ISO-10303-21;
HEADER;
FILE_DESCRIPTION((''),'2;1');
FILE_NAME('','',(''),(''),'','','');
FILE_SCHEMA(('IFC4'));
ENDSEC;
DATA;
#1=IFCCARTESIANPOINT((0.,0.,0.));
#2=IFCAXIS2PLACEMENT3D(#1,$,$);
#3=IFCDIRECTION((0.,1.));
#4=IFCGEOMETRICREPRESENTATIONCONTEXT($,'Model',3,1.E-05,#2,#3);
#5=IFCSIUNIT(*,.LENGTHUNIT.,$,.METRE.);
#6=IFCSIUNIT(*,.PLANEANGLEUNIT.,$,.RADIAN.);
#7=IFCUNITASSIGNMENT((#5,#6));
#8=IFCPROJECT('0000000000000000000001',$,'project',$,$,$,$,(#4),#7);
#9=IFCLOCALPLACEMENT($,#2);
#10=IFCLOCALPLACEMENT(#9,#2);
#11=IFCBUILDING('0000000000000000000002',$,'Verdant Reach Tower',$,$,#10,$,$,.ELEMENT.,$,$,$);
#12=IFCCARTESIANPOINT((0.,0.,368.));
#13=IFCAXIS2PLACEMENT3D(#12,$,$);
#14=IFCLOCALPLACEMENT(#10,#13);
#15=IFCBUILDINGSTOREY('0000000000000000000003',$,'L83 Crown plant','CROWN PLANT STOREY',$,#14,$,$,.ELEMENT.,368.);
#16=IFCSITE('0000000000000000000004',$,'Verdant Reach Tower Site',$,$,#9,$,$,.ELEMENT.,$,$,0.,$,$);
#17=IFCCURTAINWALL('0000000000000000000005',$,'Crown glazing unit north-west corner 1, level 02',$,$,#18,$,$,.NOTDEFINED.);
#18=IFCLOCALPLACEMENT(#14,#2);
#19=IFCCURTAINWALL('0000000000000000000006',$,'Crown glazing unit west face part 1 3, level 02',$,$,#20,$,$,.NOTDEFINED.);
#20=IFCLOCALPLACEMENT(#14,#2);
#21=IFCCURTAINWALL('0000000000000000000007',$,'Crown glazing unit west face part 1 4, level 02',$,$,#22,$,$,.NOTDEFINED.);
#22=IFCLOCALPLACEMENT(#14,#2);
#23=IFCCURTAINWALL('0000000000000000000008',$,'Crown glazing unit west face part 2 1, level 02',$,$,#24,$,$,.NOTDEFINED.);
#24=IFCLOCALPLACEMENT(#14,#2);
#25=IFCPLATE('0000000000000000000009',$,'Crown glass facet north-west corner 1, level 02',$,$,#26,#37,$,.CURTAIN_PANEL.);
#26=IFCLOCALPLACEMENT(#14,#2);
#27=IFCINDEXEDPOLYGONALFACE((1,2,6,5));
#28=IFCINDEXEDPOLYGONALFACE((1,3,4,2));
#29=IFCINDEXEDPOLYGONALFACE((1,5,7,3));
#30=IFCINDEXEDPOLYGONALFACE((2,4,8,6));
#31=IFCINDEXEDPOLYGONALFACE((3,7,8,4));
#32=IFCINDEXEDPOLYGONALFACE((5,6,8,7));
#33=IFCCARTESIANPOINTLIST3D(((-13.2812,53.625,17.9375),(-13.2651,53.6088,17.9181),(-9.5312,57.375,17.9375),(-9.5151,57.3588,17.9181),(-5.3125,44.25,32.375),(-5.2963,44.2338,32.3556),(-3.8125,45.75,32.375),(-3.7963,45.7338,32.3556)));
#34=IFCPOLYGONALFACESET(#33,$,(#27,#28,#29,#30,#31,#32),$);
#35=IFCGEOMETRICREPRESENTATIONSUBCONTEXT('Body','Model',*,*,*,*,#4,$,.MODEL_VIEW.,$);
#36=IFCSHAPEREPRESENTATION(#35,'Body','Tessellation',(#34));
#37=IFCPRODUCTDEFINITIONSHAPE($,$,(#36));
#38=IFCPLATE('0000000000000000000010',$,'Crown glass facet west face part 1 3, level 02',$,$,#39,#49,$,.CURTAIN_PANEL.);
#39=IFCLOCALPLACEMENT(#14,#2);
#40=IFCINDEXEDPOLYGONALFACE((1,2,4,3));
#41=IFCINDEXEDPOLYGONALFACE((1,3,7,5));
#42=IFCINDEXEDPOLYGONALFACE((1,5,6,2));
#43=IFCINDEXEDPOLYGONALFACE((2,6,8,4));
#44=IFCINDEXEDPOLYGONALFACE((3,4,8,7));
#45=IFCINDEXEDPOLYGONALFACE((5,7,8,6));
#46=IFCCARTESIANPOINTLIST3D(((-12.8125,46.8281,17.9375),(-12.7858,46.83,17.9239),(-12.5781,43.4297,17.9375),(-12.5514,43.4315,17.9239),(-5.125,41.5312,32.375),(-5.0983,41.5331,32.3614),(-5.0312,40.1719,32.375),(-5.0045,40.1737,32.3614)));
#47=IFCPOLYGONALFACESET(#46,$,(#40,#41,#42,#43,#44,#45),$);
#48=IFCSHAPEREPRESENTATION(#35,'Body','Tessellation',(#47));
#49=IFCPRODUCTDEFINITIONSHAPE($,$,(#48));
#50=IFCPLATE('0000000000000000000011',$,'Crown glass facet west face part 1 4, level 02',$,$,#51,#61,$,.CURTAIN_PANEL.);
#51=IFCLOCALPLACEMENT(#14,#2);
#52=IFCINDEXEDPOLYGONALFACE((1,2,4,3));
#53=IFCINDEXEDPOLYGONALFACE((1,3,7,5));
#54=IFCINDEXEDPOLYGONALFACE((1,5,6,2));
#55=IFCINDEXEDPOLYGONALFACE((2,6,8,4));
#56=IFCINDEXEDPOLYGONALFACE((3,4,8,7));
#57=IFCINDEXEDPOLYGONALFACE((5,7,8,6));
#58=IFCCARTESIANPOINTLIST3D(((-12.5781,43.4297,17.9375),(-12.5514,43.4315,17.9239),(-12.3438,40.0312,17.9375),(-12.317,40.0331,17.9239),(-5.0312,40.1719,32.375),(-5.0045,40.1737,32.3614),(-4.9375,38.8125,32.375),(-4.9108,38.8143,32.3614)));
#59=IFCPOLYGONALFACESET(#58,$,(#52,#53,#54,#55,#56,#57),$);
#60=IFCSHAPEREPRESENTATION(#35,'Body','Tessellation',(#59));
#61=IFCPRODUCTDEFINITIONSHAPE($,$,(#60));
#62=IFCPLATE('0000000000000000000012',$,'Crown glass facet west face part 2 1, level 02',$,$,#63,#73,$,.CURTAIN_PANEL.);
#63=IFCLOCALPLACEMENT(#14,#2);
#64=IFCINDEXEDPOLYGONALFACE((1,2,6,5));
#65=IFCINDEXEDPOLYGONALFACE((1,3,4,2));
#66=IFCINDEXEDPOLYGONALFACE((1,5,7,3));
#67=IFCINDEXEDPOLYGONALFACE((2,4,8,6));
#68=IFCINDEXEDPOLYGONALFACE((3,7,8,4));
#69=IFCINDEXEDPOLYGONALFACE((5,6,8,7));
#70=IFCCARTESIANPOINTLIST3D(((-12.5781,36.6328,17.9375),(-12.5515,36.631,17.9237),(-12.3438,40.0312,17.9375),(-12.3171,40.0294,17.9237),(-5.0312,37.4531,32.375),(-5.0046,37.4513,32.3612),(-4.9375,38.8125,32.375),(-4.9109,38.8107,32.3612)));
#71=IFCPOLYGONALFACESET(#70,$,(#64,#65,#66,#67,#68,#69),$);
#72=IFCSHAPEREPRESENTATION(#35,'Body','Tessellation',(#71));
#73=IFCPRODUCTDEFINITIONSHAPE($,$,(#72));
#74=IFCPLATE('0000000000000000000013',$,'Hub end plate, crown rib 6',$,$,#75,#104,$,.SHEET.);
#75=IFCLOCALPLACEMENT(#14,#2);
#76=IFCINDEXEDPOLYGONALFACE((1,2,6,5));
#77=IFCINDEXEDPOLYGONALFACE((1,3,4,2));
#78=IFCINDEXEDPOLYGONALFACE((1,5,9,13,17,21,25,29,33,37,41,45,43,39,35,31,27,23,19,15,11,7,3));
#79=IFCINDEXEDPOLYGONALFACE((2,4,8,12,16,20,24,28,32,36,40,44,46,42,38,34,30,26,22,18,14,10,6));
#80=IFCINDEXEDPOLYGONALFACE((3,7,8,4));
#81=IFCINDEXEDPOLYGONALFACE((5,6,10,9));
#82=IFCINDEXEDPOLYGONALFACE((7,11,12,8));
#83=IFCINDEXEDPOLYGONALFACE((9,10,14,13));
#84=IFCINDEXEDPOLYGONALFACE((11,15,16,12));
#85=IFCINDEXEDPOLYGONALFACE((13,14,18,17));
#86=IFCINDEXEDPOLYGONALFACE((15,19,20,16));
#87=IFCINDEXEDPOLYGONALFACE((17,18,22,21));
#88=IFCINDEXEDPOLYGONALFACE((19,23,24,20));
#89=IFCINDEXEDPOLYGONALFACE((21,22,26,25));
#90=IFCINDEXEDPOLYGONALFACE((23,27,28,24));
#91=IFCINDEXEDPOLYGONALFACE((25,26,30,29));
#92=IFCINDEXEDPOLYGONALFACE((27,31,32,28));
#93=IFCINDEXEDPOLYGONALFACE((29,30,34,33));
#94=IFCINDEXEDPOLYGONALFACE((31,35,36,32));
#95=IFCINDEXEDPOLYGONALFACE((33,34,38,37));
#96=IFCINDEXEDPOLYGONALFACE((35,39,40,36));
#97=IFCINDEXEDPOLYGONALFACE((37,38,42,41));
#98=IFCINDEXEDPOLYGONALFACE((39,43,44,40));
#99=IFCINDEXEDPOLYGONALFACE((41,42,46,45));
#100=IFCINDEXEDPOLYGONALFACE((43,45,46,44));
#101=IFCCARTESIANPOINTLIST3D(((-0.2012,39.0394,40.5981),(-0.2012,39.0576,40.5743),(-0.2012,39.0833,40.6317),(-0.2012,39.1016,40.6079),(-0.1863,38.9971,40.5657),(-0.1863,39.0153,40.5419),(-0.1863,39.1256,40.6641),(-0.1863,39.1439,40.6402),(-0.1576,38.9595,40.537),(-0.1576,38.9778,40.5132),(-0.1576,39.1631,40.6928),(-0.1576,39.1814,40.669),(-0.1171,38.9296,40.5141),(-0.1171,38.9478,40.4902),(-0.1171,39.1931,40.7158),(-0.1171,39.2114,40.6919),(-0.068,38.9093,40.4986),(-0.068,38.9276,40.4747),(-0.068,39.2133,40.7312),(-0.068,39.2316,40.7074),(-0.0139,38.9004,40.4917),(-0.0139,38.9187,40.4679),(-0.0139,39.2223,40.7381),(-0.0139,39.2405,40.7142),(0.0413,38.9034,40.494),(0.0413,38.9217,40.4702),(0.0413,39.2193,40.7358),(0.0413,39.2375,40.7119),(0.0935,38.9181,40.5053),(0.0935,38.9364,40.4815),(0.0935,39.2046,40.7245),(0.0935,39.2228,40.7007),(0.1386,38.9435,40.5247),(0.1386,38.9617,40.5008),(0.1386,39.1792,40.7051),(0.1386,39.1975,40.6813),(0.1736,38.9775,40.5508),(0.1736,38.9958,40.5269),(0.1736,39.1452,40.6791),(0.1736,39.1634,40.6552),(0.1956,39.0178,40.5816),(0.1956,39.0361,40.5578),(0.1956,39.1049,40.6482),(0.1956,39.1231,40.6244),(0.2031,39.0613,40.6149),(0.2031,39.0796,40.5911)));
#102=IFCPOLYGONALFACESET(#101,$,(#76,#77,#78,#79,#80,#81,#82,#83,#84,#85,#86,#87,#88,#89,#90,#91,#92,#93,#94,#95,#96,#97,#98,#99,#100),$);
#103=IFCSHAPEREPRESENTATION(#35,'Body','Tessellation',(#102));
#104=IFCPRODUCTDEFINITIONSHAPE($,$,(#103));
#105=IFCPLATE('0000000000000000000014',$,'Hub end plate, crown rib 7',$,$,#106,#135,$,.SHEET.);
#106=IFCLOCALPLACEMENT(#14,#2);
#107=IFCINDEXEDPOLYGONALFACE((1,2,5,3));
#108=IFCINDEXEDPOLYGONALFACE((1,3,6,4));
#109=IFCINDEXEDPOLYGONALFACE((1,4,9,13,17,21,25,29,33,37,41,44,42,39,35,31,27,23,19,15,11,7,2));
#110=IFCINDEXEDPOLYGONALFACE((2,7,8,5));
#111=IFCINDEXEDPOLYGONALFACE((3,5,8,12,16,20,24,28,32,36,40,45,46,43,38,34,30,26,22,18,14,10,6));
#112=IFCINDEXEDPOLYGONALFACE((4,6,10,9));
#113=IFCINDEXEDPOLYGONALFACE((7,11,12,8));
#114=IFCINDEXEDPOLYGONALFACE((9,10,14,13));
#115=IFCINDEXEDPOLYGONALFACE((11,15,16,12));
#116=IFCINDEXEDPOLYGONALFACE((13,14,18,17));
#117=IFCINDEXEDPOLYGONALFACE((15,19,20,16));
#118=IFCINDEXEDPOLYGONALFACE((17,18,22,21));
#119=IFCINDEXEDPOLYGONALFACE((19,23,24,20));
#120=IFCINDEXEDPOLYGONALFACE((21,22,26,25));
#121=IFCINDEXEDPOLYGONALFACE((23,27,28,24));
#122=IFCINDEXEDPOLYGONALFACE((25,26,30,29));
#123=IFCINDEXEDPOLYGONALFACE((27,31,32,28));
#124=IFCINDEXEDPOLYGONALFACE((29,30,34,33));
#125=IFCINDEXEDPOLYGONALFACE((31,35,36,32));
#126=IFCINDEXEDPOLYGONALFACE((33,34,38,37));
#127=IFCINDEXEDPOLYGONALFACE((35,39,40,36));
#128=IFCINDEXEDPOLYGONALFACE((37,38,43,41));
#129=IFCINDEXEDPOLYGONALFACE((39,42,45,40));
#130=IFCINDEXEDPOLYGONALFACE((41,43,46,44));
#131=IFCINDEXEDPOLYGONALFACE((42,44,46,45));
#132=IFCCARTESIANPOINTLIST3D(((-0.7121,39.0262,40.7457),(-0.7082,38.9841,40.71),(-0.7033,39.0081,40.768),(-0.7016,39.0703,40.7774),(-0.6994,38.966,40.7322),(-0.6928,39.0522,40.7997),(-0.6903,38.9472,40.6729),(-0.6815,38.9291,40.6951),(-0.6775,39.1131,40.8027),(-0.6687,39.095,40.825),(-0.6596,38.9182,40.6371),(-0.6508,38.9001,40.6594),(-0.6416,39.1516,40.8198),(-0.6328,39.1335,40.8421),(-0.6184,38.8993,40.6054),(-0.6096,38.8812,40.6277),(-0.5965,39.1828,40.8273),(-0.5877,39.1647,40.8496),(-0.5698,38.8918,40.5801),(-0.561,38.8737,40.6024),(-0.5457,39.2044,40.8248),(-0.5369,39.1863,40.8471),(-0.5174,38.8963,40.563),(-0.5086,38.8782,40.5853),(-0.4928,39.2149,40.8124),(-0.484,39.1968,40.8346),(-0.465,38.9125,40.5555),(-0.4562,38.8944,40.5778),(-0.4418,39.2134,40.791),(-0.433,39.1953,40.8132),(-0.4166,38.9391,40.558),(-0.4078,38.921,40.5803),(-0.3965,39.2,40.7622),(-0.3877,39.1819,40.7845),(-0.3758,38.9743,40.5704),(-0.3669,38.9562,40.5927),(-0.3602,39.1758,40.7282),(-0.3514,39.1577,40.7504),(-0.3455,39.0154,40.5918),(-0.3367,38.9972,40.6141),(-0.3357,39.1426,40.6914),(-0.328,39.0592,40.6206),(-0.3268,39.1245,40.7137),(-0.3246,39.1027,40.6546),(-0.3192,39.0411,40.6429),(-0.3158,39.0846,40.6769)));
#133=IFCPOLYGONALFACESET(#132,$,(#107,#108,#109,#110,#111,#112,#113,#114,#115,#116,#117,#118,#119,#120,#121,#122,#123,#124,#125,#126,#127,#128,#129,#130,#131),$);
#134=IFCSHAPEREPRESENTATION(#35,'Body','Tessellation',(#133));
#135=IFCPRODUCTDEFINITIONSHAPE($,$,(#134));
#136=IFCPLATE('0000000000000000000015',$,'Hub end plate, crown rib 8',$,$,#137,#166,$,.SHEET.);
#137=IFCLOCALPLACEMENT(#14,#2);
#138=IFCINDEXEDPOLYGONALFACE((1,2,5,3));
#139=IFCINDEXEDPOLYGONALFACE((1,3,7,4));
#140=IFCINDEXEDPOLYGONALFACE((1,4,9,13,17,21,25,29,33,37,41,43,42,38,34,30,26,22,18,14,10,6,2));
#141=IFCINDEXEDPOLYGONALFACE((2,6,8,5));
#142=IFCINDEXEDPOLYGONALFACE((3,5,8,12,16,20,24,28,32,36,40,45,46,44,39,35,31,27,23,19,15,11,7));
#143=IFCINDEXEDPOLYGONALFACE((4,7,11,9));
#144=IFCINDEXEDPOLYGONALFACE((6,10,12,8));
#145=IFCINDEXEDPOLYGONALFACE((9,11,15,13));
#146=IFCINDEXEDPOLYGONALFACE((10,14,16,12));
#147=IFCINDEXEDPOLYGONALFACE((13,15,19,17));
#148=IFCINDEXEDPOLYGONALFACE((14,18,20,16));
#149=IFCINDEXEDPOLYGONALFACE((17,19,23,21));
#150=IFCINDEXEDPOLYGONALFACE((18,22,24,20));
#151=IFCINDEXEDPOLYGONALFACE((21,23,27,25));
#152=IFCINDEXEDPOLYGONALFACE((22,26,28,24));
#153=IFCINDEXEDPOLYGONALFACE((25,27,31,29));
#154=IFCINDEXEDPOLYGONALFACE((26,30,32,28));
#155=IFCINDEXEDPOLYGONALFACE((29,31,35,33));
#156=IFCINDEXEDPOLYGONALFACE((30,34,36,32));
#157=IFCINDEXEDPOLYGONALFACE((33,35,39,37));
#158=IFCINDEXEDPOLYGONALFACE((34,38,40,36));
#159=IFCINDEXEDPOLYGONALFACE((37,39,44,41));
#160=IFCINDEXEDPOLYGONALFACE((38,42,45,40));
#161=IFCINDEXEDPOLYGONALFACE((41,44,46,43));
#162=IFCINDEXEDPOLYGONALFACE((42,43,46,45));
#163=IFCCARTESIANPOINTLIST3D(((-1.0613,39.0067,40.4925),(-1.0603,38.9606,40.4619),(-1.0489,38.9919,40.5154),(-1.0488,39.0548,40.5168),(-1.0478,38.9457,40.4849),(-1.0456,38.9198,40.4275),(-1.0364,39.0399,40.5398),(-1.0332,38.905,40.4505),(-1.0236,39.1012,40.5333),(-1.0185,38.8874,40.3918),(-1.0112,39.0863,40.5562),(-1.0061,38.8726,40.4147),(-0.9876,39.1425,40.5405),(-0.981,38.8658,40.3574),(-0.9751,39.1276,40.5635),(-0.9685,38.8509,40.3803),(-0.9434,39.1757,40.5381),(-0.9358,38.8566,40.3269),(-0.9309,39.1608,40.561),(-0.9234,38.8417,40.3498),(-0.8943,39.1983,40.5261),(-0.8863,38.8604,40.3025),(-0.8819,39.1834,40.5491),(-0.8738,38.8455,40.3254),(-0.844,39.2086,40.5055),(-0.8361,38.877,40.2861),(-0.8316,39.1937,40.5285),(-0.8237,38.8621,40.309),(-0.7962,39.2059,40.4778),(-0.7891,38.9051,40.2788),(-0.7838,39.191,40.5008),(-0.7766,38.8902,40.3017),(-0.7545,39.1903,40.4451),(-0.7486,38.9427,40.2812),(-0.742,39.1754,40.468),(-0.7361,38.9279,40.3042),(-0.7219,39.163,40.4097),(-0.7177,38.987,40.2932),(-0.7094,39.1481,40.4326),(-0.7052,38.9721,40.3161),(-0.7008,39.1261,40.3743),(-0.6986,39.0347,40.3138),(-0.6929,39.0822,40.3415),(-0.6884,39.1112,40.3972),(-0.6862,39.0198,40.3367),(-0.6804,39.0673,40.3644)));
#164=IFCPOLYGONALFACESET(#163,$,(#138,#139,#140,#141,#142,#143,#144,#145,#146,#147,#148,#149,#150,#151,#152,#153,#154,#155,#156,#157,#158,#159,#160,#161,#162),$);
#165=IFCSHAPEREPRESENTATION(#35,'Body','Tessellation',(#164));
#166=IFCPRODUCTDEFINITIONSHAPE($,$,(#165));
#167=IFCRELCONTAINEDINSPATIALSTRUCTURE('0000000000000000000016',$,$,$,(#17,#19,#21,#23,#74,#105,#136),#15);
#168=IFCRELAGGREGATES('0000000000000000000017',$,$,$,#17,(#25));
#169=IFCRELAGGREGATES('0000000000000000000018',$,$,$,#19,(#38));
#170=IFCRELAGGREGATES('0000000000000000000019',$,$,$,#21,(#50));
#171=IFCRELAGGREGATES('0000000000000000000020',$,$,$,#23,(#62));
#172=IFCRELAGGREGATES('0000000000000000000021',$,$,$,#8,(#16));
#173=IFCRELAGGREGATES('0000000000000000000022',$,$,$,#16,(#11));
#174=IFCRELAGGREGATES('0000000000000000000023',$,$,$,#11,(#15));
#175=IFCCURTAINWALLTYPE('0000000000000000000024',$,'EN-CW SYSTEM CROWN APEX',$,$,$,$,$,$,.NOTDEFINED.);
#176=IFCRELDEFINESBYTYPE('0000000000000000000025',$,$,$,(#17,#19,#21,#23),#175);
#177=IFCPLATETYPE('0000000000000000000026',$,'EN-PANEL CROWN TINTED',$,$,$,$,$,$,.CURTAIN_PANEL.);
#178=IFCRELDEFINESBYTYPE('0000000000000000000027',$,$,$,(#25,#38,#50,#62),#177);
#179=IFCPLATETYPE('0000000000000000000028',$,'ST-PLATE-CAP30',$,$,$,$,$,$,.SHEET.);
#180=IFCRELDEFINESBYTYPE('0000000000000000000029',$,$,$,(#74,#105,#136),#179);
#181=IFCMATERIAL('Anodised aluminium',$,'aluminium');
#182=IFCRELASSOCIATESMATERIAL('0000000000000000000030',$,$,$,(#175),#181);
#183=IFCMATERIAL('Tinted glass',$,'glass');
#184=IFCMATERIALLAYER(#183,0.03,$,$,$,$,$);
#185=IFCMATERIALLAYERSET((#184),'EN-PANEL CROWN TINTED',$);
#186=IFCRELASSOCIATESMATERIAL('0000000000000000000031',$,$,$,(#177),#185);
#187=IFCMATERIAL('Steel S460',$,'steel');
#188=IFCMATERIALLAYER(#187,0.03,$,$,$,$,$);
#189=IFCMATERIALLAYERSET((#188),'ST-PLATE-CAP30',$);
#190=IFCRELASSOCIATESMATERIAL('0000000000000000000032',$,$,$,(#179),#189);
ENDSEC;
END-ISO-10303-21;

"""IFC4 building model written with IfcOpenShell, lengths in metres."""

from ifc_helpers import new_model, si_unit, direction, frame, origin, origin_2d, place, context, subcontext, project, spatial, polyline, circle, outline, extrude, material, layer, layer_set, type_object, element, aggregate, save


model = new_model("IFC4")

# Units and contexts
model_context = context("Model", 3, precision=1e-05, world=origin(), true_north=direction((0.0, 1.0)))
body_context = subcontext(model_context, "Body", "Model", "MODEL_VIEW")
ifc_project = project(units=[si_unit("LENGTHUNIT", "METRE"), si_unit("PLANEANGLEUNIT", "RADIAN")], contexts=[model_context])

# Site, building, storey
site_placement = place(None, origin())
site = spatial("IfcSite", under=ifc_project, at=site_placement, Name="Verdant Reach Tower Site", CompositionType="ELEMENT", RefElevation=0.0)
building_placement = place(site_placement, origin())
building = spatial("IfcBuilding", under=site, at=building_placement, Name="Verdant Reach Tower", CompositionType="ELEMENT")
storey_placement = place(building_placement, frame((0.0, 0.0, 368.0)))
storey = spatial("IfcBuildingStorey", under=building, at=storey_placement, Name="L83 Crown plant", Description="CROWN PLANT STOREY", CompositionType="ELEMENT", Elevation=368.0)

# Curtain walls
ifc_material_1 = material(Name="Anodised aluminium", Category="aluminium")
curtain_wall_type = type_object("IfcCurtainWallType", Name="EN-CW SYSTEM CROWN APEX", PredefinedType="NOTDEFINED", material=ifc_material_1)
curtain_wall_1_placement = place(storey_placement, origin())
curtain_wall_1 = element("IfcCurtainWall", 1, at=curtain_wall_1_placement, inside=storey, type_object=curtain_wall_type, Name="Crown glazing unit north-west corner 1, level 02", PredefinedType="NOTDEFINED")
curtain_wall_2_placement = place(storey_placement, origin())
curtain_wall_2 = element("IfcCurtainWall", 2, at=curtain_wall_2_placement, inside=storey, type_object=curtain_wall_type, Name="Crown glazing unit west face part 1 3, level 02", PredefinedType="NOTDEFINED")
curtain_wall_3_placement = place(storey_placement, origin())
curtain_wall_3 = element("IfcCurtainWall", 3, at=curtain_wall_3_placement, inside=storey, type_object=curtain_wall_type, Name="Crown glazing unit west face part 1 4, level 02", PredefinedType="NOTDEFINED")
curtain_wall_4_placement = place(storey_placement, origin())
curtain_wall_4 = element("IfcCurtainWall", 4, at=curtain_wall_4_placement, inside=storey, type_object=curtain_wall_type, Name="Crown glazing unit west face part 2 1, level 02", PredefinedType="NOTDEFINED")

# Plates
ifc_material_2 = material(Name="Tinted glass", Category="glass")
ifc_layer_1 = layer(ifc_material_2, 0.03)
ifc_layer_set_1 = layer_set([ifc_layer_1], Name="EN-PANEL CROWN TINTED")
plate_type_1 = type_object("IfcPlateType", Name="EN-PANEL CROWN TINTED", PredefinedType="CURTAIN_PANEL", material=ifc_layer_set_1)
plate_1_placement = place(storey_placement, frame((-9.5312, 57.375, 17.9375), z_axis=(-0.53892, 0.53892, 0.647403), x_axis=(-0.707107, -0.707107, 0.0)))
plate_1 = element("IfcPlate", 5, at=plate_1_placement, type_object=plate_type_1, Name="Crown glass facet north-west corner 1, level 02", PredefinedType="CURTAIN_PANEL", context=body_context, shape_type="SweptSolid", body=[
    extrude(outline(polyline([(0.0, 0.0), (5.3033, 0.0), (6.2977, 18.9432), (4.1763, 18.9432), (0.0, 0.0)])), origin(), (0.0, 0.0, -1.0), 0.03),
])
aggregate(curtain_wall_1, [plate_1])
plate_2_placement = place(storey_placement, frame((-12.8125, 46.8281, 17.9375), z_axis=(-0.890174, -0.061391, 0.451465), x_axis=(0.068802, -0.99763, 0.0)))
plate_2 = element("IfcPlate", 6, at=plate_2_placement, type_object=plate_type_1, Name="Crown glass facet west face part 1 3, level 02", PredefinedType="CURTAIN_PANEL", context=body_context, shape_type="SweptSolid", body=[
    extrude(outline(polyline([(0.0, 0.0), (3.4065, 0.0), (7.1758, 16.1803), (5.8132, 16.1803), (0.0, 0.0)])), origin(), (0.0, 0.0, -1.0), 0.03),
])
aggregate(curtain_wall_2, [plate_2])
plate_3_placement = place(storey_placement, frame((-12.5781, 43.4297, 17.9375), z_axis=(-0.890174, -0.061391, 0.451465), x_axis=(0.068802, -0.99763, 0.0)))
plate_3 = element("IfcPlate", 7, at=plate_3_placement, type_object=plate_type_1, Name="Crown glass facet west face part 1 4, level 02", PredefinedType="CURTAIN_PANEL", context=body_context, shape_type="SweptSolid", body=[
    extrude(outline(polyline([(0.0, 0.0), (3.4065, 0.0), (5.1319, 16.1803), (3.7693, 16.1803), (0.0, 0.0)])), origin(), (0.0, 0.0, -1.0), 0.03),
])
aggregate(curtain_wall_3, [plate_3])
plate_4_placement = place(storey_placement, frame((-12.3438, 40.0312, 17.9375), z_axis=(-0.885991, 0.061103, 0.45966), x_axis=(-0.068802, -0.99763, 0.0)))
plate_4 = element("IfcPlate", 8, at=plate_4_placement, type_object=plate_type_1, Name="Crown glass facet west face part 2 1, level 02", PredefinedType="CURTAIN_PANEL", context=body_context, shape_type="SweptSolid", body=[
    extrude(outline(polyline([(0.0, 0.0), (3.4065, 0.0), (2.0689, 16.2567), (0.7063, 16.2567), (0.0, 0.0)])), origin(), (0.0, 0.0, -1.0), 0.03),
])
aggregate(curtain_wall_4, [plate_4])

# Plates
ifc_material_3 = material(Name="Steel S460", Category="steel")
ifc_layer_2 = layer(ifc_material_3, 0.03)
ifc_layer_set_2 = layer_set([ifc_layer_2], Name="ST-PLATE-CAP30")
plate_type_2 = type_object("IfcPlateType", Name="ST-PLATE-CAP30", PredefinedType="SHEET", material=ifc_layer_set_2)
for number, where, z_axis, x_axis, name in (
    (9, (0.0, 39.0796, 40.5911), (0.0, -0.607751, 0.794128), (1.0, 0.0, 0.0), "Hub end plate, crown rib 6"),
    (10, (-0.5183, 39.0537, 40.6914), (0.293421, -0.603143, 0.741703), (0.899235, 0.437466, 0.0), "Hub end plate, crown rib 7"),
    (11, (-0.8777, 39.0327, 40.4097), (0.414237, -0.49546, 0.763496), (0.767189, 0.641421, 0.0), "Hub end plate, crown rib 8"),
):
    element("IfcPlate", number, at=place(storey_placement, frame(where, z_axis=z_axis, x_axis=x_axis)), inside=storey, type_object=plate_type_2, Name=name, PredefinedType="SHEET", context=body_context, shape_type="SweptSolid", body=[
        extrude(circle(Radius=0.2031, at=origin_2d()), origin(), (0.0, 0.0, 1.0), 0.03),
    ])

save(model, "model.ifc")
